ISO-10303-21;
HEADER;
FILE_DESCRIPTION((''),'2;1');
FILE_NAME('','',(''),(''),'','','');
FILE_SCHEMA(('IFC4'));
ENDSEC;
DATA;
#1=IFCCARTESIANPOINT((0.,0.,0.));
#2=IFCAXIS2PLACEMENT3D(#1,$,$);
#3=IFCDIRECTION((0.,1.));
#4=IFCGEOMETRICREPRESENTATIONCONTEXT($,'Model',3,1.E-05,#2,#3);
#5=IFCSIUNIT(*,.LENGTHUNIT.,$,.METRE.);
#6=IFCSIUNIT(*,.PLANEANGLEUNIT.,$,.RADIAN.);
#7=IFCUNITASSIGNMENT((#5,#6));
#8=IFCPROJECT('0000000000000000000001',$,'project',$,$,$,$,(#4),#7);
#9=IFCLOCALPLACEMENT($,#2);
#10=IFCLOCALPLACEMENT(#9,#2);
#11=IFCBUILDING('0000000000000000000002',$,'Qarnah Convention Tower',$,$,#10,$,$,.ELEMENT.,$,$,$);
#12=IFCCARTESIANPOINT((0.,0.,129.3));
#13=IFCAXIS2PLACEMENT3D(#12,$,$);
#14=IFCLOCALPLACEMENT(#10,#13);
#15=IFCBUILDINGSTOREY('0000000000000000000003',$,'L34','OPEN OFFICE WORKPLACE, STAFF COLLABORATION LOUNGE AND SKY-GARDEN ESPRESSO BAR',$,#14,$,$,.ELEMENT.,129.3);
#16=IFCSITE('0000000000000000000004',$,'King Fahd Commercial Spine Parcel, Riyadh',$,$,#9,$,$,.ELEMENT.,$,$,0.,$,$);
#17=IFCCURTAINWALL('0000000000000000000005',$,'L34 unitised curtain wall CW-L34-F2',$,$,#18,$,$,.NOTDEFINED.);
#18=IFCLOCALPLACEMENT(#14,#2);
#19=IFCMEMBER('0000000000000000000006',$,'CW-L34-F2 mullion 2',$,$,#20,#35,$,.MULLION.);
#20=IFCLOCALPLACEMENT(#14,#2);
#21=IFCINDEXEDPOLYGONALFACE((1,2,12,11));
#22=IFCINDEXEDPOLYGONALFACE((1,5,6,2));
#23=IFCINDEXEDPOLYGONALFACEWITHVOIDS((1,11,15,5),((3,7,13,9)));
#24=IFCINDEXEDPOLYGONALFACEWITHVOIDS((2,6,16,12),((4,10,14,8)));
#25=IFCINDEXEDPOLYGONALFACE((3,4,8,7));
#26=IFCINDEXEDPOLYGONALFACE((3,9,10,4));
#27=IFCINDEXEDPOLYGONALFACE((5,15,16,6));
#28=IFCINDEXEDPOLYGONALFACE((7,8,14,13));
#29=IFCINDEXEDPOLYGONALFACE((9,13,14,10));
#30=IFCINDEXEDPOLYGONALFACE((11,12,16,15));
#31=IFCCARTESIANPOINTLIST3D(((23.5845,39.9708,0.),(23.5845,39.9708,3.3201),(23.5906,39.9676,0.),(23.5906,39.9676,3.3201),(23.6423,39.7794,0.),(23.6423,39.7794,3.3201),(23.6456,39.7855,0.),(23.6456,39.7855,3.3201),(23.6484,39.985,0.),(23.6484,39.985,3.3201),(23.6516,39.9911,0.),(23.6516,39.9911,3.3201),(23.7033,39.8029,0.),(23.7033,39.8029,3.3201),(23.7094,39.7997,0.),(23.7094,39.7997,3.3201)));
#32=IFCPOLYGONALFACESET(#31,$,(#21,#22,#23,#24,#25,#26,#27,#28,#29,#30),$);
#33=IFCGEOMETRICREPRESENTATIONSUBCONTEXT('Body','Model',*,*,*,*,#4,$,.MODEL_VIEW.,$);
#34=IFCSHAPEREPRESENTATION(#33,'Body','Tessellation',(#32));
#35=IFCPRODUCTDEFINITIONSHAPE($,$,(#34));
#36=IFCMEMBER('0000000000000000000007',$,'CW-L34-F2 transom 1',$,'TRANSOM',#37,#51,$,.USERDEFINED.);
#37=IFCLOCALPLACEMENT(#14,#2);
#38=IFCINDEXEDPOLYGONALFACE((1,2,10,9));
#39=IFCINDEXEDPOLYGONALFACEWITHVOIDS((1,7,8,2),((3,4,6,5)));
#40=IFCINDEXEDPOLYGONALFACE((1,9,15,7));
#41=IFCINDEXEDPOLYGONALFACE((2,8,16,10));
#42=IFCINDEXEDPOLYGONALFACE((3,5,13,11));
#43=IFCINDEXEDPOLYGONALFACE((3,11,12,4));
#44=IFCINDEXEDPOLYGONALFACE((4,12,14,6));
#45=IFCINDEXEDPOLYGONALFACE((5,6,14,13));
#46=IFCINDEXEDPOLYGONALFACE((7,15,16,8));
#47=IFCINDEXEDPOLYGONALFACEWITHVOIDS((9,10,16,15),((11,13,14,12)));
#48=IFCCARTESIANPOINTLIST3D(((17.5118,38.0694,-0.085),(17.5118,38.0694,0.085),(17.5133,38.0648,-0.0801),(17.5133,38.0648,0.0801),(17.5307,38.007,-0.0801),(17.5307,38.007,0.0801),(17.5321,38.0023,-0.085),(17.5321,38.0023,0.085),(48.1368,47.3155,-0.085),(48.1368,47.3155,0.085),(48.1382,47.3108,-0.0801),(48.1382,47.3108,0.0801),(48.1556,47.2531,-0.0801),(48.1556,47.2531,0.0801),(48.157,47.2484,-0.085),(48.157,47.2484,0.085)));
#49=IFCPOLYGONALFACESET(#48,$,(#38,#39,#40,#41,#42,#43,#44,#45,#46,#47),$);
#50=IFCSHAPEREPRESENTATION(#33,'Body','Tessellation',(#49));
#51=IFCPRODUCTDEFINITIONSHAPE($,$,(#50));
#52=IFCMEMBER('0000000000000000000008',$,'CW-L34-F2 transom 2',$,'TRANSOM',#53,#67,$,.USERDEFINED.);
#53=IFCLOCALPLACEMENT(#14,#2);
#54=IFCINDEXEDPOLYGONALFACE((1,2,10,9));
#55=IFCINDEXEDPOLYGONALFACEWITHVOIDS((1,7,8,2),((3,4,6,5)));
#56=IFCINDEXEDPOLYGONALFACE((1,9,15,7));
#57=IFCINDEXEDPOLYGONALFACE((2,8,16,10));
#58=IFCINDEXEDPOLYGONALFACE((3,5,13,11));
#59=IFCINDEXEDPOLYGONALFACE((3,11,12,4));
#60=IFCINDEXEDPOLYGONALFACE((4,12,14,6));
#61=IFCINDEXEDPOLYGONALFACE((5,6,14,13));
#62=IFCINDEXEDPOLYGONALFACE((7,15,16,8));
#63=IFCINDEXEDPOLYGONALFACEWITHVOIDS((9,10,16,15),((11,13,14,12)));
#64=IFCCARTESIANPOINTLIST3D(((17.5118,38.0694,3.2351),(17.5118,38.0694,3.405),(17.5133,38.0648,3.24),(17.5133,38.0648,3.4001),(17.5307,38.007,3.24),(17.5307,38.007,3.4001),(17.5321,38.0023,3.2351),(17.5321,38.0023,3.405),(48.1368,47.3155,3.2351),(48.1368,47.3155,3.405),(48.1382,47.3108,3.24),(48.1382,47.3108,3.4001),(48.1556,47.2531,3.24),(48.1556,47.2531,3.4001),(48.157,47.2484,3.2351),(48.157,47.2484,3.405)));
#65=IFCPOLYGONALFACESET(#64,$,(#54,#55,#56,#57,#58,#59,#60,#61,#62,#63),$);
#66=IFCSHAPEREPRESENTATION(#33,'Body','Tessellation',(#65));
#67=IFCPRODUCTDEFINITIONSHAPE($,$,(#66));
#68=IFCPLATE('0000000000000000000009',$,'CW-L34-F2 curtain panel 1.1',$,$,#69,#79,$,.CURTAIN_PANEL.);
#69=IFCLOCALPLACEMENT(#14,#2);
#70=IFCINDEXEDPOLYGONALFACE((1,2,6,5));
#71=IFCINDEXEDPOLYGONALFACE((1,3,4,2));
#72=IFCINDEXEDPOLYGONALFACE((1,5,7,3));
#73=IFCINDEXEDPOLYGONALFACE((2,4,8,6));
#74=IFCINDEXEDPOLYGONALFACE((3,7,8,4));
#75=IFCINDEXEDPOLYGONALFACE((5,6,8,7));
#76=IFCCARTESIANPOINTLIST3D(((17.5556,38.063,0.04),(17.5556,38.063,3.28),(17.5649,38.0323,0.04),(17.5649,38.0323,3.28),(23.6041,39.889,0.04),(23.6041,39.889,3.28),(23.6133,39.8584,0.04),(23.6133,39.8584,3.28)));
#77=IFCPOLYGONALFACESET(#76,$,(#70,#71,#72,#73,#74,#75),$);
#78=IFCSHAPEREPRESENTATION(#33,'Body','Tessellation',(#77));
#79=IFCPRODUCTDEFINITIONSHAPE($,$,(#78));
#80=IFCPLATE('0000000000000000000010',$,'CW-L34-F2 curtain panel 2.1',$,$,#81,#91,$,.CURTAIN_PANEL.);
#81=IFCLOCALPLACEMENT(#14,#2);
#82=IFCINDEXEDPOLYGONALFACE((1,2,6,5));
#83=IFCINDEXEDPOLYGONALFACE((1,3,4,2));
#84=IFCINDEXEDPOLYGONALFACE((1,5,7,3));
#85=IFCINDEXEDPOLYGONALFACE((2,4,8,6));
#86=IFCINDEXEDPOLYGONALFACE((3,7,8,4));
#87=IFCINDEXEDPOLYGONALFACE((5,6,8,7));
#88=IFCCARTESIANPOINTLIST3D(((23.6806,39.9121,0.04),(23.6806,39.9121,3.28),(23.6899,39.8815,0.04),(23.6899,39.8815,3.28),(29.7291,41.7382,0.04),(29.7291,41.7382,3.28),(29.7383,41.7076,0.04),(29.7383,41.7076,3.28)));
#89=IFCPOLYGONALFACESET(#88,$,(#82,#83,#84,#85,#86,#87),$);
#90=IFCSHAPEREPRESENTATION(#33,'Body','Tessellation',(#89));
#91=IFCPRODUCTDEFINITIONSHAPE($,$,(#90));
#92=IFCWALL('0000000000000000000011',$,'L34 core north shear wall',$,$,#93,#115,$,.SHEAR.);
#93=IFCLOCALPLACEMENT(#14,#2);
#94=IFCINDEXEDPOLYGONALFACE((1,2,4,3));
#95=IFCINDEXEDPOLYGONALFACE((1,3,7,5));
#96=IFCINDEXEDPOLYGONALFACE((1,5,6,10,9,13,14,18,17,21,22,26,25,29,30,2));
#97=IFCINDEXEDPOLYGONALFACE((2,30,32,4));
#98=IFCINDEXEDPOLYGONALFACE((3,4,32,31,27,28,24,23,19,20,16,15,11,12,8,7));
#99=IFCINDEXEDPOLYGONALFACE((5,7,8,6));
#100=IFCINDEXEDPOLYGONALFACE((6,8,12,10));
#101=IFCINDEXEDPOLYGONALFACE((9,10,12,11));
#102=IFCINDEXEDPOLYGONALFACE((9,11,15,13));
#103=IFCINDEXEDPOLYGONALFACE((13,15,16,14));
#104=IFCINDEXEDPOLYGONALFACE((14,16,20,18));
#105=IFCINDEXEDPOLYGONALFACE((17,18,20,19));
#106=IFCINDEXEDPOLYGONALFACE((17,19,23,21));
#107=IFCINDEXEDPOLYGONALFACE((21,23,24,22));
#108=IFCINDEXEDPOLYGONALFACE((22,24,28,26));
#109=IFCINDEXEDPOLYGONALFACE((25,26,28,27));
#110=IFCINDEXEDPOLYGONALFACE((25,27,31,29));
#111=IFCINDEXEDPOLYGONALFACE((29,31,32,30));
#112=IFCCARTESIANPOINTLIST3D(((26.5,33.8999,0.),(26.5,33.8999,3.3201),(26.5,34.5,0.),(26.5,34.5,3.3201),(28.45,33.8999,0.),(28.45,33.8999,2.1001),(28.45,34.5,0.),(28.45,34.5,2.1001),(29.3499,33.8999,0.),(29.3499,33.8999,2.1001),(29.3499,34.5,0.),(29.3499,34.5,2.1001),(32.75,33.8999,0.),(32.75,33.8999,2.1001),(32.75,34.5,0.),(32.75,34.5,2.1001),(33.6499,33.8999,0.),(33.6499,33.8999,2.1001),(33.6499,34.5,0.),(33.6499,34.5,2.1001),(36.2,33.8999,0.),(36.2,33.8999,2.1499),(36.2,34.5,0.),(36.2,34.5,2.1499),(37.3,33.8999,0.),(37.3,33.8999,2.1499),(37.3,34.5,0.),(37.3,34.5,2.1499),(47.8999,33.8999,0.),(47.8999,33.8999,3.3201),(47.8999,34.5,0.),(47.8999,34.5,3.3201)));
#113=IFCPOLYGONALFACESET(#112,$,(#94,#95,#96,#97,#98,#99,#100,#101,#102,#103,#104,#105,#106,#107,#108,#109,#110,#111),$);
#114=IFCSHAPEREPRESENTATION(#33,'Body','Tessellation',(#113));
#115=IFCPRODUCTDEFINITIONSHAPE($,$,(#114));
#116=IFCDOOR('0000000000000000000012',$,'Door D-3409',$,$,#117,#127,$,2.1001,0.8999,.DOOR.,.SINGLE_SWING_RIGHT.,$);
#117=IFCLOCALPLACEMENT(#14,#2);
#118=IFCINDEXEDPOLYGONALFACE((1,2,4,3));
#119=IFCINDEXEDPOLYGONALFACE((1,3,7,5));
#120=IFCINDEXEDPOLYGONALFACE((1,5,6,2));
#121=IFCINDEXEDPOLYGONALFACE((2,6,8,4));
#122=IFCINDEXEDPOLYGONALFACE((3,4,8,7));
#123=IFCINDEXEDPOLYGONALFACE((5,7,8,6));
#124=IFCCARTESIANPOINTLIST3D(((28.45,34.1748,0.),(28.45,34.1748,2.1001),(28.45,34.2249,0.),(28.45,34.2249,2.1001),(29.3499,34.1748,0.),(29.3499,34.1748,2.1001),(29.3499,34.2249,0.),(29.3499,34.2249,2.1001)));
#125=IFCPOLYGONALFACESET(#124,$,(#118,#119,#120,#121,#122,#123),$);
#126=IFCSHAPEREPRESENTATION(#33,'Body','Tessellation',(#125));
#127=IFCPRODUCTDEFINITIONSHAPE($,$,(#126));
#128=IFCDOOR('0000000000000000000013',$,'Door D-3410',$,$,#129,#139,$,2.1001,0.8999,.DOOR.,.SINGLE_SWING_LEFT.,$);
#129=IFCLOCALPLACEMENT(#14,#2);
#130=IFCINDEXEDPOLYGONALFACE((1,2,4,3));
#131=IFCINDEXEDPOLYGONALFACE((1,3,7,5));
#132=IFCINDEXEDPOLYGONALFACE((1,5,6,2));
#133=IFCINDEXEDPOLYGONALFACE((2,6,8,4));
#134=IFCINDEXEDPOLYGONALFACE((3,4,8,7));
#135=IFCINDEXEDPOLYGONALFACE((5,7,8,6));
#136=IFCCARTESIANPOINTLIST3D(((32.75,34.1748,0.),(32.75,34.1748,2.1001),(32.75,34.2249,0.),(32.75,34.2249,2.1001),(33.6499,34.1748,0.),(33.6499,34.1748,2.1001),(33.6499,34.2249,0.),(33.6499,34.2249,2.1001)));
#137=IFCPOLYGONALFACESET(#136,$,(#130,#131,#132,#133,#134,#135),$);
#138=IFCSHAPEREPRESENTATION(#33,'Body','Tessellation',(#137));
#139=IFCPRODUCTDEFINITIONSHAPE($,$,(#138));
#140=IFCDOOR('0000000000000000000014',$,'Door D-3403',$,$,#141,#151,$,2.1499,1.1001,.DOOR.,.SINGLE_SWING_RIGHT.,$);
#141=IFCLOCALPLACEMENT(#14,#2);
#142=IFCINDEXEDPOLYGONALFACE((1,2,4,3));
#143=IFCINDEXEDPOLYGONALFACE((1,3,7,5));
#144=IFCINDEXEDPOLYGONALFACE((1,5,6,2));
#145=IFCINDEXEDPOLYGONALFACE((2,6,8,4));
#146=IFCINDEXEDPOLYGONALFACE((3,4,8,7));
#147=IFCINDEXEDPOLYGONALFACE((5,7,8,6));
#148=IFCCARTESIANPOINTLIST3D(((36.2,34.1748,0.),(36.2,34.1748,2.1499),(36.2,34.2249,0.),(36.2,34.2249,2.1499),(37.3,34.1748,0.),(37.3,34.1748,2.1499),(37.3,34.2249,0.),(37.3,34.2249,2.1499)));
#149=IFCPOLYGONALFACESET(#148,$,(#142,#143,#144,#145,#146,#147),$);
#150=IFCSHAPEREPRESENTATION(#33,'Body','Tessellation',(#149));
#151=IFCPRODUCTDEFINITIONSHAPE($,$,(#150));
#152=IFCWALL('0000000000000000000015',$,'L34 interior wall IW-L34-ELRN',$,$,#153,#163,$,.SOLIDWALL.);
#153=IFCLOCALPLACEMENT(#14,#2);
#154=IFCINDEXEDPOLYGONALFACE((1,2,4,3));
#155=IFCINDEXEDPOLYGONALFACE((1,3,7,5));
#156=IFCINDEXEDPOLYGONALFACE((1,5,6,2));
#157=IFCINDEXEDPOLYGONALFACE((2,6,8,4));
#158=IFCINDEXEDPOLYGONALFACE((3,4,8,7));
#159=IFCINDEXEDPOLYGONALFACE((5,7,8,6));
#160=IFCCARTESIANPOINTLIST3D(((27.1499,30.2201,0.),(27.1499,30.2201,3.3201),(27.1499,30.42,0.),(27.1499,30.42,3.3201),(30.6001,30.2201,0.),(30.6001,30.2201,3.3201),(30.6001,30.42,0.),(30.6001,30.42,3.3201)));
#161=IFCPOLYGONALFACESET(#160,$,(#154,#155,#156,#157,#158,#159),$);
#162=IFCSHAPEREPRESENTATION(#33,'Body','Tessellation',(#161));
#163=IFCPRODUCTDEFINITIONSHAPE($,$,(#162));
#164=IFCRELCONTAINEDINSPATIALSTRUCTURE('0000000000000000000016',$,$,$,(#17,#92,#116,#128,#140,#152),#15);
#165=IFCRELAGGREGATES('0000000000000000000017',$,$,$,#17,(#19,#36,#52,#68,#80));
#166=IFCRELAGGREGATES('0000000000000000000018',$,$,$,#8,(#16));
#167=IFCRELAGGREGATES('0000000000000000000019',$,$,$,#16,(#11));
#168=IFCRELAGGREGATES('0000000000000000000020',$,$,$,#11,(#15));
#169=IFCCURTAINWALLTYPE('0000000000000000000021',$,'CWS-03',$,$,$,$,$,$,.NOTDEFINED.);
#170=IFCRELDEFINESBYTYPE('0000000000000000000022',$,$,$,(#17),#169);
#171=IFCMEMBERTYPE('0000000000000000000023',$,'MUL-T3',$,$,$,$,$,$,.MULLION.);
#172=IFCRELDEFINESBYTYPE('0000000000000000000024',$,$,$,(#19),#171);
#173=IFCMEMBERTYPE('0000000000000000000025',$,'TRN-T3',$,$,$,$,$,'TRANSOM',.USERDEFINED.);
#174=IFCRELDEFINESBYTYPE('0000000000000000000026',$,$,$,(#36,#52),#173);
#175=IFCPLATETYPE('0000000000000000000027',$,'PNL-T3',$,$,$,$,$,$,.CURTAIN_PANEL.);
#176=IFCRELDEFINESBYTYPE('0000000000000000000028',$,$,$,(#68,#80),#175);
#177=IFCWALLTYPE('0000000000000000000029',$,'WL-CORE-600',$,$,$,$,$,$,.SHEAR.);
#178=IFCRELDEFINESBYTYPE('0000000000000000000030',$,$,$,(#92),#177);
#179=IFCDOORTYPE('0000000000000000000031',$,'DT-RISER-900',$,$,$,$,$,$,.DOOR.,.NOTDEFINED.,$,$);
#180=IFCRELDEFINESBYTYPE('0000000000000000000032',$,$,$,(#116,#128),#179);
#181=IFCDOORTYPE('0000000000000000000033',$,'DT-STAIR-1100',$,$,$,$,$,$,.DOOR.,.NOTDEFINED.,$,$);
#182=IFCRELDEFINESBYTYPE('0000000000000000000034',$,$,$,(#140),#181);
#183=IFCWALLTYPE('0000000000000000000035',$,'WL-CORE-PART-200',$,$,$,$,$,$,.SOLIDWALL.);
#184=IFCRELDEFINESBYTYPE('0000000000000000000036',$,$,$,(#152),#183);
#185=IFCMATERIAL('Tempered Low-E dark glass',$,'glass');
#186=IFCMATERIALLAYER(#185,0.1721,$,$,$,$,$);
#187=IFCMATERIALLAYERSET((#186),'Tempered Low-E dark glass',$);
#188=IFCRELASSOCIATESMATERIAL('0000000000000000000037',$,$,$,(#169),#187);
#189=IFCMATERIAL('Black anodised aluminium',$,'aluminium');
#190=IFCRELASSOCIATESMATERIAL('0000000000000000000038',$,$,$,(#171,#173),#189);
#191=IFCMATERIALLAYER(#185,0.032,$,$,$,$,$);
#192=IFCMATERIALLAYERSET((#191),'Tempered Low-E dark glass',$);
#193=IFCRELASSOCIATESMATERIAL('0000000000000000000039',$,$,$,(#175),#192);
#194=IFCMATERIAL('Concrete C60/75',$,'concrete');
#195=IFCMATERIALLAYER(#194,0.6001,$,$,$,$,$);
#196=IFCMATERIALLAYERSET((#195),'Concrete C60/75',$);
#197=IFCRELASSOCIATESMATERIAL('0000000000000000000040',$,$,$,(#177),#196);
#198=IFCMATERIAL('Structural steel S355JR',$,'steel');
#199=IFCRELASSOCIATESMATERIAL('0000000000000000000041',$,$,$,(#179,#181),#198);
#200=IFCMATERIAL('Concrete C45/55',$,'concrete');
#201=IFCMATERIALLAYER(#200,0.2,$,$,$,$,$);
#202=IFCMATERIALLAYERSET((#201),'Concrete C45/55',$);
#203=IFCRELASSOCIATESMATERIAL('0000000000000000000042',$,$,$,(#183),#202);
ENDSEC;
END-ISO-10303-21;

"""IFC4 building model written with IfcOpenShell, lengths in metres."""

from ifc_helpers import new_model, si_unit, direction, frame, frame_2d, origin, origin_2d, place, context, subcontext, project, spatial, rectangle, hollow_rectangle, extrude, material, layer, layer_set, material_profile, profile_set, type_object, element, fill, aggregate, save


model = new_model("IFC4")

# Units and contexts
model_context = context("Model", 3, precision=1e-05, world=origin(), true_north=direction((0.0, 1.0)))
body_context = subcontext(model_context, "Body", "Model", "MODEL_VIEW")
ifc_project = project(units=[si_unit("LENGTHUNIT", "METRE"), si_unit("PLANEANGLEUNIT", "RADIAN")], contexts=[model_context])

# Site, building, storey
site_placement = place(None, origin())
site = spatial("IfcSite", under=ifc_project, at=site_placement, Name="King Fahd Commercial Spine Parcel, Riyadh", CompositionType="ELEMENT", RefElevation=0.0)
building_placement = place(site_placement, origin())
building = spatial("IfcBuilding", under=site, at=building_placement, Name="Qarnah Convention Tower", CompositionType="ELEMENT")
storey_placement = place(building_placement, frame((0.0, 0.0, 129.3)))
storey = spatial("IfcBuildingStorey", under=building, at=storey_placement, Name="L34", Description="OPEN OFFICE WORKPLACE, STAFF COLLABORATION LOUNGE AND SKY-GARDEN ESPRESSO BAR", CompositionType="ELEMENT", Elevation=129.3)

# Shared definitions
ifc_material_1 = material(Name="Concrete C60/75", Category="concrete")

# Shared definitions
ifc_material_2 = material(Name="Structural steel S355JR", Category="steel")

# Curtain wall, members, plates
ifc_material_3 = material(Name="Tempered Low-E dark glass", Category="glass")
ifc_layer_1 = layer(ifc_material_3, 0.1721)
ifc_layer_set_1 = layer_set([ifc_layer_1], Name="Tempered Low-E dark glass")
curtain_wall_type = type_object("IfcCurtainWallType", Name="CWS-03", PredefinedType="NOTDEFINED", material=ifc_layer_set_1)
curtain_wall_placement = place(storey_placement, origin())
curtain_wall = element("IfcCurtainWall", 1, at=curtain_wall_placement, inside=storey, type_object=curtain_wall_type, Name="L34 unitised curtain wall CW-L34-F2", PredefinedType="NOTDEFINED")
ifc_material_4 = material(Name="Black anodised aluminium", Category="aluminium")
ifc_material_profile_1 = material_profile(ifc_material_4, hollow_rectangle(XDim=0.0701, YDim=0.2, WallThickness=0.0049, at=origin_2d()), Name="MUL-70X200")
ifc_profile_set_1 = profile_set([ifc_material_profile_1], Name="Black anodised aluminium")
member_type_1 = type_object("IfcMemberType", Name="MUL-T3", PredefinedType="MULLION", material=ifc_profile_set_1)
member_1_placement = place(storey_placement, frame((23.647, 39.8853, 0.0), z_axis=(0.0, 0.0, 1.0), x_axis=(0.957322, 0.289025, 0.0)))
member_1 = element("IfcMember", 2, at=member_1_placement, type_object=member_type_1, Name="CW-L34-F2 mullion 2", PredefinedType="MULLION", context=body_context, shape_type="SweptSolid", body=[
    extrude(hollow_rectangle(XDim=0.0701, YDim=0.2, WallThickness=0.0049, at=origin_2d()), origin(), (0.0, 0.0, 1.0), 3.3201),
])
ifc_material_profile_2 = material_profile(ifc_material_4, hollow_rectangle(XDim=0.0701, YDim=0.1699, WallThickness=0.0049, at=origin_2d()), Name="TRN-70X170")
ifc_profile_set_2 = profile_set([ifc_material_profile_2], Name="Black anodised aluminium")
member_type_2 = type_object("IfcMemberType", Name="TRN-T3", ElementType="TRANSOM", PredefinedType="USERDEFINED", material=ifc_profile_set_2)
member_2_placement = place(storey_placement, frame((17.522, 38.0359, 0.0), z_axis=(0.957321, 0.289028, 0.0), x_axis=(-0.289028, 0.957321, 0.0)))
member_2 = element("IfcMember", 3, at=member_2_placement, type_object=member_type_2, Name="CW-L34-F2 transom 1", ObjectType="TRANSOM", PredefinedType="USERDEFINED", context=body_context, shape_type="SweptSolid", body=[
    extrude(hollow_rectangle(XDim=0.0701, YDim=0.1699, WallThickness=0.0049, at=origin_2d()), origin(), (0.0, 0.0, 1.0), 31.9902),
])
member_3_placement = place(storey_placement, frame((17.522, 38.0359, 3.3201), z_axis=(0.957321, 0.289028, 0.0), x_axis=(-0.289028, 0.957321, 0.0)))
member_3 = element("IfcMember", 4, at=member_3_placement, type_object=member_type_2, Name="CW-L34-F2 transom 2", ObjectType="TRANSOM", PredefinedType="USERDEFINED", context=body_context, shape_type="SweptSolid", body=[
    extrude(hollow_rectangle(XDim=0.0701, YDim=0.1699, WallThickness=0.0049, at=origin_2d()), origin(), (0.0, 0.0, 1.0), 31.9902),
])
ifc_layer_2 = layer(ifc_material_3, 0.032)
ifc_layer_set_2 = layer_set([ifc_layer_2], Name="Tempered Low-E dark glass")
plate_type = type_object("IfcPlateType", Name="PNL-T3", PredefinedType="CURTAIN_PANEL", material=ifc_layer_set_2)
plate_1_placement = place(storey_placement, frame((20.5845, 38.9607, 0.04), z_axis=(0.0, 0.0, 1.0), x_axis=(0.957322, 0.289025, 0.0)))
plate_1 = element("IfcPlate", 5, at=plate_1_placement, type_object=plate_type, Name="CW-L34-F2 curtain panel 1.1", PredefinedType="CURTAIN_PANEL", context=body_context, shape_type="SweptSolid", body=[
    extrude(rectangle(XDim=6.3181, YDim=0.032, at=origin_2d()), origin(), (0.0, 0.0, 1.0), 3.24),
])
plate_2_placement = place(storey_placement, frame((26.7095, 40.8098, 0.04), z_axis=(0.0, 0.0, 1.0), x_axis=(0.957322, 0.289025, 0.0)))
plate_2 = element("IfcPlate", 6, at=plate_2_placement, type_object=plate_type, Name="CW-L34-F2 curtain panel 2.1", PredefinedType="CURTAIN_PANEL", context=body_context, shape_type="SweptSolid", body=[
    extrude(rectangle(XDim=6.3181, YDim=0.032, at=origin_2d()), origin(), (0.0, 0.0, 1.0), 3.24),
])
aggregate(curtain_wall, [member_1, member_2, member_3, plate_1, plate_2])

# Wall, openings, doors
ifc_layer_3 = layer(ifc_material_1, 0.6001)
ifc_layer_set_3 = layer_set([ifc_layer_3], Name="Concrete C60/75")
wall_type_1 = type_object("IfcWallType", Name="WL-CORE-600", PredefinedType="SHEAR", material=ifc_layer_set_3)
wall_1_placement = place(storey_placement, frame((26.5, 34.2, 0.0), z_axis=(0.0, 0.0, 1.0), x_axis=(1.0, 0.0, 0.0)))
wall_1 = element("IfcWall", 7, at=wall_1_placement, inside=storey, type_object=wall_type_1, Name="L34 core north shear wall", PredefinedType="SHEAR", context=body_context, shape_type="SweptSolid", body=[
    extrude(rectangle(XDim=21.3999, YDim=0.6001, at=frame_2d((10.7, 0.0))), origin(), (0.0, 0.0, 1.0), 3.3201),
])
opening_1_placement = place(wall_1_placement, frame((9.7, 0.0, 0.0)))
opening_1 = element("IfcOpeningElement", 8, at=opening_1_placement, cuts=wall_1, PredefinedType="OPENING", context=body_context, shape_type="SweptSolid", body=[
    extrude(rectangle(XDim=1.1001, YDim=2.1499, at=frame_2d((0.55, 1.075))), frame((0.0, 0.3101, 0.0), z_axis=(0.0, -1.0, 0.0), x_axis=(1.0, 0.0, 0.0)), (0.0, 0.0, 1.0), 0.6201),
])
opening_2_placement = place(wall_1_placement, frame((1.95, 0.0, 0.0)))
opening_2 = element("IfcOpeningElement", 9, at=opening_2_placement, cuts=wall_1, PredefinedType="OPENING", context=body_context, shape_type="SweptSolid", body=[
    extrude(rectangle(XDim=0.8999, YDim=2.1001, at=frame_2d((0.45, 1.05))), frame((0.0, 0.3101, 0.0), z_axis=(0.0, -1.0, 0.0), x_axis=(1.0, 0.0, 0.0)), (0.0, 0.0, 1.0), 0.6201),
])
opening_3_placement = place(wall_1_placement, frame((6.25, 0.0, 0.0)))
opening_3 = element("IfcOpeningElement", 10, at=opening_3_placement, cuts=wall_1, PredefinedType="OPENING", context=body_context, shape_type="SweptSolid", body=[
    extrude(rectangle(XDim=0.8999, YDim=2.1001, at=frame_2d((0.45, 1.05))), frame((0.0, 0.3101, 0.0), z_axis=(0.0, -1.0, 0.0), x_axis=(1.0, 0.0, 0.0)), (0.0, 0.0, 1.0), 0.6201),
])
door_type_1 = type_object("IfcDoorType", Name="DT-RISER-900", OperationType="NOTDEFINED", PredefinedType="DOOR", material=ifc_material_2)
door_1_placement = place(opening_2_placement, origin())
door_1 = element("IfcDoor", 11, at=door_1_placement, inside=storey, type_object=door_type_1, Name="Door D-3409", OperationType="SINGLE_SWING_RIGHT", OverallHeight=2.1001, OverallWidth=0.8999, PredefinedType="DOOR", context=body_context, shape_type="SweptSolid", body=[
    extrude(rectangle(XDim=0.8999, YDim=2.1001, at=frame_2d((0.45, 1.05))), frame((0.0, 0.0249, 0.0), z_axis=(0.0, -1.0, 0.0), x_axis=(1.0, 0.0, 0.0)), (0.0, 0.0, 1.0), 0.05),
])
fill(opening_2, door_1)
door_2_placement = place(opening_3_placement, origin())
door_2 = element("IfcDoor", 12, at=door_2_placement, inside=storey, type_object=door_type_1, Name="Door D-3410", OperationType="SINGLE_SWING_LEFT", OverallHeight=2.1001, OverallWidth=0.8999, PredefinedType="DOOR", context=body_context, shape_type="SweptSolid", body=[
    extrude(rectangle(XDim=0.8999, YDim=2.1001, at=frame_2d((0.45, 1.05))), frame((0.0, 0.0249, 0.0), z_axis=(0.0, -1.0, 0.0), x_axis=(1.0, 0.0, 0.0)), (0.0, 0.0, 1.0), 0.05),
])
fill(opening_3, door_2)
door_type_2 = type_object("IfcDoorType", Name="DT-STAIR-1100", OperationType="NOTDEFINED", PredefinedType="DOOR", material=ifc_material_2)
door_3_placement = place(opening_1_placement, origin())
door_3 = element("IfcDoor", 13, at=door_3_placement, inside=storey, type_object=door_type_2, Name="Door D-3403", OperationType="SINGLE_SWING_RIGHT", OverallHeight=2.1499, OverallWidth=1.1001, PredefinedType="DOOR", context=body_context, shape_type="SweptSolid", body=[
    extrude(rectangle(XDim=1.1001, YDim=2.1499, at=frame_2d((0.55, 1.075))), frame((0.0, 0.0249, 0.0), z_axis=(0.0, -1.0, 0.0), x_axis=(1.0, 0.0, 0.0)), (0.0, 0.0, 1.0), 0.05),
])
fill(opening_1, door_3)

# Wall
ifc_material_5 = material(Name="Concrete C45/55", Category="concrete")
ifc_layer_4 = layer(ifc_material_5, 0.2)
ifc_layer_set_4 = layer_set([ifc_layer_4], Name="Concrete C45/55")
wall_type_2 = type_object("IfcWallType", Name="WL-CORE-PART-200", PredefinedType="SOLIDWALL", material=ifc_layer_set_4)
wall_2_placement = place(storey_placement, frame((27.1499, 30.3201, 0.0), z_axis=(0.0, 0.0, 1.0), x_axis=(1.0, 0.0, 0.0)))
element("IfcWall", 14, at=wall_2_placement, inside=storey, type_object=wall_type_2, Name="L34 interior wall IW-L34-ELRN", PredefinedType="SOLIDWALL", context=body_context, shape_type="SweptSolid", body=[
    extrude(rectangle(XDim=3.4502, YDim=0.2, at=frame_2d((1.7251, 0.0))), origin(), (0.0, 0.0, 1.0), 3.3201),
])

save(model, "model.ifc")
